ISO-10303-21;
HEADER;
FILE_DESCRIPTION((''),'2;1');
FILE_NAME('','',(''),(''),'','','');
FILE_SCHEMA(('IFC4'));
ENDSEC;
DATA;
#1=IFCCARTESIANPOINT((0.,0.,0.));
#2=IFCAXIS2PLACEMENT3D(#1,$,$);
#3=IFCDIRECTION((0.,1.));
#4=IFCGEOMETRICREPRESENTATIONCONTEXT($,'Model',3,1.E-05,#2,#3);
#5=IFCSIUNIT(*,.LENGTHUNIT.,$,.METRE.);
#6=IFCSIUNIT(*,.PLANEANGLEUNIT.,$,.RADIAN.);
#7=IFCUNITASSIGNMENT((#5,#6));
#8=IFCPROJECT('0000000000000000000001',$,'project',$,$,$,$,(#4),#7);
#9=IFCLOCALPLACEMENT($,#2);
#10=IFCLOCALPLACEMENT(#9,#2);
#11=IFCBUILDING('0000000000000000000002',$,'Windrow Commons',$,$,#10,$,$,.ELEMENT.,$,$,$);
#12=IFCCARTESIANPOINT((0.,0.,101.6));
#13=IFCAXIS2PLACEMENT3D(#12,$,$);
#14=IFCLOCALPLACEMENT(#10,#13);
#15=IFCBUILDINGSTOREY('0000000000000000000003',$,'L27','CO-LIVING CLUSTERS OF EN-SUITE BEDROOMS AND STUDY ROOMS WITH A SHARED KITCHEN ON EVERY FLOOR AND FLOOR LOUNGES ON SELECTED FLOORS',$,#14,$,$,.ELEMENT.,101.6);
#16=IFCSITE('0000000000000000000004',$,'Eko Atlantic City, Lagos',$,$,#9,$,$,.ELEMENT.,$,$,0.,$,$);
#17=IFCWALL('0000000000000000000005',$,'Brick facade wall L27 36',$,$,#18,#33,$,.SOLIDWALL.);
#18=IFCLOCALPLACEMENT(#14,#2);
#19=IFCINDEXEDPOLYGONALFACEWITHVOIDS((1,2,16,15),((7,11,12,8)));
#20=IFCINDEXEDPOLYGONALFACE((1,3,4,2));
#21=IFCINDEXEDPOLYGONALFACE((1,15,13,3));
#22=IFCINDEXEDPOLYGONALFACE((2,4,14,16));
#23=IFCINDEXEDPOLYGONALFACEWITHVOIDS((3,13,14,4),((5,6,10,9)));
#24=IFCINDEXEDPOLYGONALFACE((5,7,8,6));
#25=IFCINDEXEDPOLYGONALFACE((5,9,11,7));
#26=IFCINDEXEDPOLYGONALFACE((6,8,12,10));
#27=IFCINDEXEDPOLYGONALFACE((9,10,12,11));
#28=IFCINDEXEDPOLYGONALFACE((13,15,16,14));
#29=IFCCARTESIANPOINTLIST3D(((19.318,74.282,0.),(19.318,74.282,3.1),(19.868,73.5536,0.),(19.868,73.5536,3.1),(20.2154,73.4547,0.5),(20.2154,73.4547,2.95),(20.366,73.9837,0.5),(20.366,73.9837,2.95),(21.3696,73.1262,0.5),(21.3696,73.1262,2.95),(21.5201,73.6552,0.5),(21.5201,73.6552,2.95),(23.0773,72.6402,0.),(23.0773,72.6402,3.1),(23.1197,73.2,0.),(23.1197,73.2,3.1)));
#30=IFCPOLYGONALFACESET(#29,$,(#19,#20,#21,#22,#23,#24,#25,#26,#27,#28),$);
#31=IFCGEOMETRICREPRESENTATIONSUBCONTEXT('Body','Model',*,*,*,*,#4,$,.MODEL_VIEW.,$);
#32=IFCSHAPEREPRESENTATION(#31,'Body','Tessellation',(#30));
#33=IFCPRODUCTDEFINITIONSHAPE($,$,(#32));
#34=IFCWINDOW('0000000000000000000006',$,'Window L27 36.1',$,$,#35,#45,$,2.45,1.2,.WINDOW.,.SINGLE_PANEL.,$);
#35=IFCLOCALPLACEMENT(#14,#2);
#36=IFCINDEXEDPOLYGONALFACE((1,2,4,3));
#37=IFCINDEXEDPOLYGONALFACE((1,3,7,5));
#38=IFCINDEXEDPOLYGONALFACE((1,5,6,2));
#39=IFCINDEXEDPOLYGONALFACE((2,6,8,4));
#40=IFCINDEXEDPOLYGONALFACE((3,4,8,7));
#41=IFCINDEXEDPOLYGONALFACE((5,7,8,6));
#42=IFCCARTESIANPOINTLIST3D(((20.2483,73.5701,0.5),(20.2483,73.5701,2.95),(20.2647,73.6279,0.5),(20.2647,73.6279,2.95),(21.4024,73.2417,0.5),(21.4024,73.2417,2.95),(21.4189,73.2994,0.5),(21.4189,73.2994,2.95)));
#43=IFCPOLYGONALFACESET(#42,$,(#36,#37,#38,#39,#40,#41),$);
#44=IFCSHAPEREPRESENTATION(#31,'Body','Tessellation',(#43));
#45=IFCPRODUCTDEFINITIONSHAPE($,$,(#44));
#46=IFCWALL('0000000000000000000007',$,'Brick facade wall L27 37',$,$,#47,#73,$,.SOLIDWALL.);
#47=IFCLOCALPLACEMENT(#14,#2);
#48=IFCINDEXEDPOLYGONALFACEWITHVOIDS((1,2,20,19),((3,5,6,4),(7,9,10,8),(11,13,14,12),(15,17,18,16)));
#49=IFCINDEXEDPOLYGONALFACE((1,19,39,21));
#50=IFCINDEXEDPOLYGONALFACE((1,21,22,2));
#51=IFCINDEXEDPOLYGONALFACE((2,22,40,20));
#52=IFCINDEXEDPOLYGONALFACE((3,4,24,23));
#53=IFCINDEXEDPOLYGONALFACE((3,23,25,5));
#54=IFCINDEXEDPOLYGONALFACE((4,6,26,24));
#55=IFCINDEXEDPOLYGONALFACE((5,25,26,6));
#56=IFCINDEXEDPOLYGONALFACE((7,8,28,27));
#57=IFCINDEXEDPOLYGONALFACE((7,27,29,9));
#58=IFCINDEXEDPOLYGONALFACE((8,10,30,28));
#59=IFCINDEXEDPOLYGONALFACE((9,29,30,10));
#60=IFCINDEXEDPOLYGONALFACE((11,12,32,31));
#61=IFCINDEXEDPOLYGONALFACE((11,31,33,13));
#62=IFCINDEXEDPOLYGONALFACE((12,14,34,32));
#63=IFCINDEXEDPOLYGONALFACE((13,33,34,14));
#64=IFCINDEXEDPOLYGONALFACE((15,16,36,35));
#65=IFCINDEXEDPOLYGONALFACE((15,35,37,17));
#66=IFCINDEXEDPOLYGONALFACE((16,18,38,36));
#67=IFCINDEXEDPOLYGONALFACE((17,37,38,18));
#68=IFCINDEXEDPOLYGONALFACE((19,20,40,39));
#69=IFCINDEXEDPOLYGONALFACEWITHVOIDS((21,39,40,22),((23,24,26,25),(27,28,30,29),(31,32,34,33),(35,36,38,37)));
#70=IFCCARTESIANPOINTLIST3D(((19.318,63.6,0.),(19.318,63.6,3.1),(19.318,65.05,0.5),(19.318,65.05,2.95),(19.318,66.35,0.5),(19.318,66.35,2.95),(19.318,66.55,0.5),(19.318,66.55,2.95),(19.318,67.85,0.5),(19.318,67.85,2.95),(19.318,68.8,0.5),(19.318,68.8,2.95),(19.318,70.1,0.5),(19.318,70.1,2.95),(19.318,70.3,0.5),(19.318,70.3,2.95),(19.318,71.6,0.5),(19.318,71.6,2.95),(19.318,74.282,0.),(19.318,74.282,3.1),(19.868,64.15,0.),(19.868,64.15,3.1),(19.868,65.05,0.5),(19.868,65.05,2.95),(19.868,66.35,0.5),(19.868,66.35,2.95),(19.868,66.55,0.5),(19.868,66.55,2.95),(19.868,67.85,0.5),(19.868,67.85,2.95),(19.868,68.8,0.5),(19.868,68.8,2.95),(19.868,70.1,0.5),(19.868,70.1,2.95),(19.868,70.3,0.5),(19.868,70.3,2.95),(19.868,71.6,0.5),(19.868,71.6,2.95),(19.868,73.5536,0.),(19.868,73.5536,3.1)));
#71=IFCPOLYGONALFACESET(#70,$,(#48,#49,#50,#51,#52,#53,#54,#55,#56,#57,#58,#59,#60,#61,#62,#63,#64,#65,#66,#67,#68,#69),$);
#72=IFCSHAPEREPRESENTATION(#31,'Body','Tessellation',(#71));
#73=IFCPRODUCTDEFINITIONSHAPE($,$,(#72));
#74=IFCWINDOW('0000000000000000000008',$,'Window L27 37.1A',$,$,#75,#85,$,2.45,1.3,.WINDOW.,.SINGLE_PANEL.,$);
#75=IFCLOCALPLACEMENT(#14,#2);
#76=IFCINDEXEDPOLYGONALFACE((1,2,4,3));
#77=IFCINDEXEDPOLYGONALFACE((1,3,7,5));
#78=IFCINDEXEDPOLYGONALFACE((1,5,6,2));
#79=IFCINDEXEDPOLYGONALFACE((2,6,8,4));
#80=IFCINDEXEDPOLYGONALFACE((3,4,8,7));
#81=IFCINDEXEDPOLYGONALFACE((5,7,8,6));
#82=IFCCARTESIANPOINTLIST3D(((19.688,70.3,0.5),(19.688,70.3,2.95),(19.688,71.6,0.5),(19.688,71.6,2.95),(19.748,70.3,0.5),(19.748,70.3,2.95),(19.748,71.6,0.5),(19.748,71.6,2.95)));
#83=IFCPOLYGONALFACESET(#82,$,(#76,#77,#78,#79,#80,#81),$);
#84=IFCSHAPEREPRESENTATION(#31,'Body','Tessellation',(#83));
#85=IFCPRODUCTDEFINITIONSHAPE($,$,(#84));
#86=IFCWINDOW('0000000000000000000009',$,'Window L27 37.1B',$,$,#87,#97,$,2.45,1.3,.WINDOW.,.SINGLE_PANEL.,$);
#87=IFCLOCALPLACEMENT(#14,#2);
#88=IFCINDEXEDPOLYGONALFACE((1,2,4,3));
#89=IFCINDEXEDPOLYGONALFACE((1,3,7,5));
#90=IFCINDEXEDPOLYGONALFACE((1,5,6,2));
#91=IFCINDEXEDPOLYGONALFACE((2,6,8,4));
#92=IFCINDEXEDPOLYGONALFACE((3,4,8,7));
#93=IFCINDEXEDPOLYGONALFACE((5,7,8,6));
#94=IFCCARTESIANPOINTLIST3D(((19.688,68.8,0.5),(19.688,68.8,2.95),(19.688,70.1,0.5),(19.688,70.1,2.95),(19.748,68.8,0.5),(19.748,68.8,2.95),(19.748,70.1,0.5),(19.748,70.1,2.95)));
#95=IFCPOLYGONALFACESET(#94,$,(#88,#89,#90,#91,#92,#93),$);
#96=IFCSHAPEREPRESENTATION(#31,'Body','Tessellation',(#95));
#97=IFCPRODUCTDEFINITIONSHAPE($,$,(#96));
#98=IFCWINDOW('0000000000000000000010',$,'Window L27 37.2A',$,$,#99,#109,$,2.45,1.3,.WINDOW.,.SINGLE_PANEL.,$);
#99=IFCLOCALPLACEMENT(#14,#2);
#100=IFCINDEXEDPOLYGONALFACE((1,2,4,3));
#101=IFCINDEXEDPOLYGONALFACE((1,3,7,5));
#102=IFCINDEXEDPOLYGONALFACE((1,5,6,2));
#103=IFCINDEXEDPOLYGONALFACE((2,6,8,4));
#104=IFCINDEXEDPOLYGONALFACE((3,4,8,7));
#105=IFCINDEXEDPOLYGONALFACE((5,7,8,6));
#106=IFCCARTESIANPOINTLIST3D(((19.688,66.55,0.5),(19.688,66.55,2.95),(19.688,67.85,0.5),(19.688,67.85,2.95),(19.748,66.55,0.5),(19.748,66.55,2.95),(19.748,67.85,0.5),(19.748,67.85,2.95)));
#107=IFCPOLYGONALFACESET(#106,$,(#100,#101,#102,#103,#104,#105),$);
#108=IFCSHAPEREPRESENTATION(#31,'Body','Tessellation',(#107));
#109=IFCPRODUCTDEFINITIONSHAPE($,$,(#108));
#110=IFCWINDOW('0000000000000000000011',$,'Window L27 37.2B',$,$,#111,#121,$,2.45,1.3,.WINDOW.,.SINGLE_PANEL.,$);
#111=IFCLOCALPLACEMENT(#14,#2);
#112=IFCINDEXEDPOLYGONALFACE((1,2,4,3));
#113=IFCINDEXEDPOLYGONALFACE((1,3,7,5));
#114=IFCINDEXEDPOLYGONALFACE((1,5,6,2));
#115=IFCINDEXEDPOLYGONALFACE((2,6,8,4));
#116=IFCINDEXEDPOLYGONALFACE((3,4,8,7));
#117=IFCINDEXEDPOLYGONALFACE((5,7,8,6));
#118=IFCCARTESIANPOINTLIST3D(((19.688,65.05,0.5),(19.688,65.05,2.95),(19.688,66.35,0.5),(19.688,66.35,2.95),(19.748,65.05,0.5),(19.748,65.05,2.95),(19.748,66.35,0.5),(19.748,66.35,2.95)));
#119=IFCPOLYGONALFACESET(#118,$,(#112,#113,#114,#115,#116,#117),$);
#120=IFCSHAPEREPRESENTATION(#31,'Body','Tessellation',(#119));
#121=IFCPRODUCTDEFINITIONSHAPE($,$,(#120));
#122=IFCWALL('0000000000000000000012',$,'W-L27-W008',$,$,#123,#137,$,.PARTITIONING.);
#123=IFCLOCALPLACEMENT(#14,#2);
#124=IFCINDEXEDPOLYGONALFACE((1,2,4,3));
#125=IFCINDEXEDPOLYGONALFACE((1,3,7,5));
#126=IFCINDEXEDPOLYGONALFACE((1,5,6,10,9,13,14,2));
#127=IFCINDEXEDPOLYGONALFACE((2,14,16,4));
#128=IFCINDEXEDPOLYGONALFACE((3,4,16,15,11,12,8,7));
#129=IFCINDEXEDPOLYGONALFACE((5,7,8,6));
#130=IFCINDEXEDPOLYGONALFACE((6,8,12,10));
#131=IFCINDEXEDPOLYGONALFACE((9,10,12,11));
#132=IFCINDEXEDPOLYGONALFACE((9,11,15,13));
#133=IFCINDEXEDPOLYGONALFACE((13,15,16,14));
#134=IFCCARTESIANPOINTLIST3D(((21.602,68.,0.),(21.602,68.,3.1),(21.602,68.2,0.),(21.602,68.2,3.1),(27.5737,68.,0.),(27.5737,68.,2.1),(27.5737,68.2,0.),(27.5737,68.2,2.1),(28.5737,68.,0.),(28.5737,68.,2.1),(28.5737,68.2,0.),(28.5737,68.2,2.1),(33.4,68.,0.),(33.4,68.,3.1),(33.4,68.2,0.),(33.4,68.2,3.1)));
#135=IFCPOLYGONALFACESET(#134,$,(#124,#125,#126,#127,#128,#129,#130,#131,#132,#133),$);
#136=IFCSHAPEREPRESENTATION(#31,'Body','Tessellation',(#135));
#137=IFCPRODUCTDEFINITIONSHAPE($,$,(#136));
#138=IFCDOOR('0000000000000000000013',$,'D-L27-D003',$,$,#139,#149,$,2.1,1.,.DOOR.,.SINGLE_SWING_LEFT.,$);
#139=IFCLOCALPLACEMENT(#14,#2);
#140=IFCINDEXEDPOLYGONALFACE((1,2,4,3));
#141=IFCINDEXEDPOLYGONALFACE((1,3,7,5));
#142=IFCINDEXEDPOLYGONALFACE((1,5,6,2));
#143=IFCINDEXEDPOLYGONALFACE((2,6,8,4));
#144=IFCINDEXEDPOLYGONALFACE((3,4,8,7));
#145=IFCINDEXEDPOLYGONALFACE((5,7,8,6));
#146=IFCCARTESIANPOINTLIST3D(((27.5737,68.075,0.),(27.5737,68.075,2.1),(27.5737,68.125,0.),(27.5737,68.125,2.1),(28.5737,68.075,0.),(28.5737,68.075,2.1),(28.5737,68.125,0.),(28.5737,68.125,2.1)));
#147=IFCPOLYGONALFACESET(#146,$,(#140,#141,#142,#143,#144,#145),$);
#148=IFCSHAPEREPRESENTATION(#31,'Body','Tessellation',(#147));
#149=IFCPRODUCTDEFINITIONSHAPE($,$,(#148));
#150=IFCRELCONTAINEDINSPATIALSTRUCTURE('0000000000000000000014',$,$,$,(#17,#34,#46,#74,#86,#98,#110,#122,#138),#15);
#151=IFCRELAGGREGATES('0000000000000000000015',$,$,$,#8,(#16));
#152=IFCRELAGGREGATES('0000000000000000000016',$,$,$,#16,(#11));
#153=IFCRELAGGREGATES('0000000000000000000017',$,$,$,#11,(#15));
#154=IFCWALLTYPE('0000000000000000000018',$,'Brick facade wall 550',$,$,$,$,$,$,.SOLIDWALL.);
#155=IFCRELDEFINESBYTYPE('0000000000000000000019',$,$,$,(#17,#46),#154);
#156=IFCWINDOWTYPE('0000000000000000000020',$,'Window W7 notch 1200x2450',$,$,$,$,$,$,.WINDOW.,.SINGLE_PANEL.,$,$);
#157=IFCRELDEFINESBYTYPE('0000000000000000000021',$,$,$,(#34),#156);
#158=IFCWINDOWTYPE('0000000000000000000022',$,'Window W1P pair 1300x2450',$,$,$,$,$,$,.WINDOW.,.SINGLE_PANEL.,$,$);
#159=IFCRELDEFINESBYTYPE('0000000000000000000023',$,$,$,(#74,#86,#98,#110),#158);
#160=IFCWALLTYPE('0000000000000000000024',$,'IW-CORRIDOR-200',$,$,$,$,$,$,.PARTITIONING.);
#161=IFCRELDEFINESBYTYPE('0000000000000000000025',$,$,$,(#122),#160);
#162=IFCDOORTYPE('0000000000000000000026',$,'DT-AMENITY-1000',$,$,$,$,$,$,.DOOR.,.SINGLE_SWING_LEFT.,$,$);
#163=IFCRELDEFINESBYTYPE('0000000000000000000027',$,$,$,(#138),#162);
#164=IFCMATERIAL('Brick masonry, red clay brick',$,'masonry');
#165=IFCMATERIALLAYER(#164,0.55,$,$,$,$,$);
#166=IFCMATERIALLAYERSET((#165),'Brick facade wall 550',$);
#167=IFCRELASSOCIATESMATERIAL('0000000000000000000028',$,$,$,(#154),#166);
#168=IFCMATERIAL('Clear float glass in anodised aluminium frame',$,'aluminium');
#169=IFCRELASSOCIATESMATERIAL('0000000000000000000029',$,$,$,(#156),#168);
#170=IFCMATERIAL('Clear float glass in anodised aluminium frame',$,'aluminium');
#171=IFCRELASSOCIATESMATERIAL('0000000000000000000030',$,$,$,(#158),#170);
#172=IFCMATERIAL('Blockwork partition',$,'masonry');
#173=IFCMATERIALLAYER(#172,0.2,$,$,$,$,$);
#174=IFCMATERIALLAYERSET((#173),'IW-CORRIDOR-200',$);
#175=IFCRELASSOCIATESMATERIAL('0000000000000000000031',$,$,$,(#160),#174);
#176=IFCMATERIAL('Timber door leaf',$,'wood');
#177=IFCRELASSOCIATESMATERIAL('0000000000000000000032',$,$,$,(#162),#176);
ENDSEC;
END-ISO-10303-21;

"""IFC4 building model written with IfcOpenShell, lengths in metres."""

from ifc_helpers import new_model, si_unit, direction, frame, frame_2d, origin, place, context, subcontext, project, spatial, polyline, rectangle, outline, extrude, material, layer, layer_set, type_object, element, fill, save


model = new_model("IFC4")

# Units and contexts
model_context = context("Model", 3, precision=1e-05, world=origin(), true_north=direction((0.0, 1.0)))
body_context = subcontext(model_context, "Body", "Model", "MODEL_VIEW")
ifc_project = project(units=[si_unit("LENGTHUNIT", "METRE"), si_unit("PLANEANGLEUNIT", "RADIAN")], contexts=[model_context])

# Site, building, storey
site_placement = place(None, origin())
site = spatial("IfcSite", under=ifc_project, at=site_placement, Name="Eko Atlantic City, Lagos", CompositionType="ELEMENT", RefElevation=0.0)
building_placement = place(site_placement, origin())
building = spatial("IfcBuilding", under=site, at=building_placement, Name="Windrow Commons", CompositionType="ELEMENT")
storey_placement = place(building_placement, frame((0.0, 0.0, 101.6)))
storey = spatial("IfcBuildingStorey", under=building, at=storey_placement, Name="L27", Description="CO-LIVING CLUSTERS OF EN-SUITE BEDROOMS AND STUDY ROOMS WITH A SHARED KITCHEN ON EVERY FLOOR AND FLOOR LOUNGES ON SELECTED FLOORS", CompositionType="ELEMENT", Elevation=101.6)

# Shared definitions
ifc_material_1 = material(Name="Brick masonry, red clay brick", Category="masonry")
ifc_layer_1 = layer(ifc_material_1, 0.55)
ifc_layer_set_1 = layer_set([ifc_layer_1], Name="Brick facade wall 550")
wall_type_1 = type_object("IfcWallType", Name="Brick facade wall 550", PredefinedType="SOLIDWALL", material=ifc_layer_set_1)
ifc_material_2 = material(Name="Clear float glass in anodised aluminium frame", Category="aluminium")
window_type_1 = type_object("IfcWindowType", Name="Window W7 notch 1200x2450", PartitioningType="SINGLE_PANEL", PredefinedType="WINDOW", material=ifc_material_2)

# Wall, opening, window
wall_1_placement = place(storey_placement, frame((23.0985, 72.9201, 0.0), z_axis=(0.0, 0.0, 1.0), x_axis=(-0.961804, 0.273739, 0.0)))
wall_1 = element("IfcWall", 1, at=wall_1_placement, inside=storey, type_object=wall_type_1, Name="Brick facade wall L27 36", PredefinedType="SOLIDWALL", context=body_context, shape_type="SweptSolid", body=[
    extrude(outline(polyline([(0.0562, -0.275), (4.0089, -0.275), (3.2805, 0.275), (-0.0562, 0.275), (0.0562, -0.275)])), origin(), (0.0, 0.0, 1.0), 3.1),
])
opening_1_placement = place(wall_1_placement, frame((1.7193, 0.0, 0.5)))
opening_1 = element("IfcOpeningElement", 2, at=opening_1_placement, cuts=wall_1, PredefinedType="OPENING", context=body_context, shape_type="SweptSolid", body=[
    extrude(rectangle(XDim=1.2, YDim=2.45, at=frame_2d((0.6, 1.225))), frame((0.0, 0.285, 0.0), z_axis=(0.0, -1.0, 0.0), x_axis=(1.0, 0.0, 0.0)), (0.0, 0.0, 1.0), 0.57),
])
window_1_placement = place(opening_1_placement, origin())
window_1 = element("IfcWindow", 3, at=window_1_placement, inside=storey, type_object=window_type_1, Name="Window L27 36.1", OverallHeight=2.45, OverallWidth=1.2, PartitioningType="SINGLE_PANEL", PredefinedType="WINDOW", context=body_context, shape_type="SweptSolid", body=[
    extrude(rectangle(XDim=1.2, YDim=2.45, at=frame_2d((0.6, 1.225))), frame((0.0, 0.155, 0.0), z_axis=(0.0, -1.0, 0.0), x_axis=(1.0, 0.0, 0.0)), (0.0, 0.0, 1.0), 0.06),
])
fill(opening_1, window_1)

# Wall, openings, windows
wall_2_placement = place(storey_placement, frame((19.593, 73.9178, 0.0), z_axis=(0.0, 0.0, 1.0), x_axis=(0.0, -1.0, 0.0)))
wall_2 = element("IfcWall", 4, at=wall_2_placement, inside=storey, type_object=wall_type_1, Name="Brick facade wall L27 37", PredefinedType="SOLIDWALL", context=body_context, shape_type="SweptSolid", body=[
    extrude(outline(polyline([(-0.3642, -0.275), (10.3178, -0.275), (9.7678, 0.275), (0.3642, 0.275), (-0.3642, -0.275)])), origin(), (0.0, 0.0, 1.0), 3.1),
])
opening_2_placement = place(wall_2_placement, frame((2.3178, 0.0, 0.5)))
opening_2 = element("IfcOpeningElement", 5, at=opening_2_placement, cuts=wall_2, PredefinedType="OPENING", context=body_context, shape_type="SweptSolid", body=[
    extrude(rectangle(XDim=1.3, YDim=2.45, at=frame_2d((0.65, 1.225))), frame((0.0, 0.285, 0.0), z_axis=(0.0, -1.0, 0.0), x_axis=(1.0, 0.0, 0.0)), (0.0, 0.0, 1.0), 0.57),
])
opening_3_placement = place(wall_2_placement, frame((3.8178, 0.0, 0.5)))
opening_3 = element("IfcOpeningElement", 6, at=opening_3_placement, cuts=wall_2, PredefinedType="OPENING", context=body_context, shape_type="SweptSolid", body=[
    extrude(rectangle(XDim=1.3, YDim=2.45, at=frame_2d((0.65, 1.225))), frame((0.0, 0.285, 0.0), z_axis=(0.0, -1.0, 0.0), x_axis=(1.0, 0.0, 0.0)), (0.0, 0.0, 1.0), 0.57),
])
opening_4_placement = place(wall_2_placement, frame((6.0678, 0.0, 0.5)))
opening_4 = element("IfcOpeningElement", 7, at=opening_4_placement, cuts=wall_2, PredefinedType="OPENING", context=body_context, shape_type="SweptSolid", body=[
    extrude(rectangle(XDim=1.3, YDim=2.45, at=frame_2d((0.65, 1.225))), frame((0.0, 0.285, 0.0), z_axis=(0.0, -1.0, 0.0), x_axis=(1.0, 0.0, 0.0)), (0.0, 0.0, 1.0), 0.57),
])
opening_5_placement = place(wall_2_placement, frame((7.5678, 0.0, 0.5)))
opening_5 = element("IfcOpeningElement", 8, at=opening_5_placement, cuts=wall_2, PredefinedType="OPENING", context=body_context, shape_type="SweptSolid", body=[
    extrude(rectangle(XDim=1.3, YDim=2.45, at=frame_2d((0.65, 1.225))), frame((0.0, 0.285, 0.0), z_axis=(0.0, -1.0, 0.0), x_axis=(1.0, 0.0, 0.0)), (0.0, 0.0, 1.0), 0.57),
])
ifc_material_3 = material(Name="Clear float glass in anodised aluminium frame", Category="aluminium")
window_type_2 = type_object("IfcWindowType", Name="Window W1P pair 1300x2450", PartitioningType="SINGLE_PANEL", PredefinedType="WINDOW", material=ifc_material_3)
window_2_placement = place(opening_2_placement, origin())
window_2 = element("IfcWindow", 9, at=window_2_placement, inside=storey, type_object=window_type_2, Name="Window L27 37.1A", OverallHeight=2.45, OverallWidth=1.3, PartitioningType="SINGLE_PANEL", PredefinedType="WINDOW", context=body_context, shape_type="SweptSolid", body=[
    extrude(rectangle(XDim=1.3, YDim=2.45, at=frame_2d((0.65, 1.225))), frame((0.0, 0.155, 0.0), z_axis=(0.0, -1.0, 0.0), x_axis=(1.0, 0.0, 0.0)), (0.0, 0.0, 1.0), 0.06),
])
fill(opening_2, window_2)
window_3_placement = place(opening_3_placement, origin())
window_3 = element("IfcWindow", 10, at=window_3_placement, inside=storey, type_object=window_type_2, Name="Window L27 37.1B", OverallHeight=2.45, OverallWidth=1.3, PartitioningType="SINGLE_PANEL", PredefinedType="WINDOW", context=body_context, shape_type="SweptSolid", body=[
    extrude(rectangle(XDim=1.3, YDim=2.45, at=frame_2d((0.65, 1.225))), frame((0.0, 0.155, 0.0), z_axis=(0.0, -1.0, 0.0), x_axis=(1.0, 0.0, 0.0)), (0.0, 0.0, 1.0), 0.06),
])
fill(opening_3, window_3)
window_4_placement = place(opening_4_placement, origin())
window_4 = element("IfcWindow", 11, at=window_4_placement, inside=storey, type_object=window_type_2, Name="Window L27 37.2A", OverallHeight=2.45, OverallWidth=1.3, PartitioningType="SINGLE_PANEL", PredefinedType="WINDOW", context=body_context, shape_type="SweptSolid", body=[
    extrude(rectangle(XDim=1.3, YDim=2.45, at=frame_2d((0.65, 1.225))), frame((0.0, 0.155, 0.0), z_axis=(0.0, -1.0, 0.0), x_axis=(1.0, 0.0, 0.0)), (0.0, 0.0, 1.0), 0.06),
])
fill(opening_4, window_4)
window_5_placement = place(opening_5_placement, origin())
window_5 = element("IfcWindow", 12, at=window_5_placement, inside=storey, type_object=window_type_2, Name="Window L27 37.2B", OverallHeight=2.45, OverallWidth=1.3, PartitioningType="SINGLE_PANEL", PredefinedType="WINDOW", context=body_context, shape_type="SweptSolid", body=[
    extrude(rectangle(XDim=1.3, YDim=2.45, at=frame_2d((0.65, 1.225))), frame((0.0, 0.155, 0.0), z_axis=(0.0, -1.0, 0.0), x_axis=(1.0, 0.0, 0.0)), (0.0, 0.0, 1.0), 0.06),
])
fill(opening_5, window_5)

# Wall, opening, door
ifc_material_4 = material(Name="Blockwork partition", Category="masonry")
ifc_layer_2 = layer(ifc_material_4, 0.2)
ifc_layer_set_2 = layer_set([ifc_layer_2], Name="IW-CORRIDOR-200")
wall_type_2 = type_object("IfcWallType", Name="IW-CORRIDOR-200", PredefinedType="PARTITIONING", material=ifc_layer_set_2)
wall_3_placement = place(storey_placement, frame((21.602, 68.1, 0.0), z_axis=(0.0, 0.0, 1.0), x_axis=(1.0, 0.0, 0.0)))
wall_3 = element("IfcWall", 13, at=wall_3_placement, inside=storey, type_object=wall_type_2, Name="W-L27-W008", PredefinedType="PARTITIONING", context=body_context, shape_type="SweptSolid", body=[
    extrude(rectangle(XDim=11.798, YDim=0.2, at=frame_2d((5.899, 0.0))), origin(), (0.0, 0.0, 1.0), 3.1),
])
opening_6_placement = place(wall_3_placement, frame((5.9717, 0.0, 0.0)))
opening_6 = element("IfcOpeningElement", 14, at=opening_6_placement, cuts=wall_3, PredefinedType="OPENING", context=body_context, shape_type="SweptSolid", body=[
    extrude(rectangle(XDim=1.0, YDim=2.1, at=frame_2d((0.5, 1.05))), frame((0.0, 0.11, 0.0), z_axis=(0.0, -1.0, 0.0), x_axis=(1.0, 0.0, 0.0)), (0.0, 0.0, 1.0), 0.22),
])
ifc_material_5 = material(Name="Timber door leaf", Category="wood")
door_type = type_object("IfcDoorType", Name="DT-AMENITY-1000", OperationType="SINGLE_SWING_LEFT", PredefinedType="DOOR", material=ifc_material_5)
door_1_placement = place(opening_6_placement, origin())
door_1 = element("IfcDoor", 15, at=door_1_placement, inside=storey, type_object=door_type, Name="D-L27-D003", OperationType="SINGLE_SWING_LEFT", OverallHeight=2.1, OverallWidth=1.0, PredefinedType="DOOR", context=body_context, shape_type="SweptSolid", body=[
    extrude(rectangle(XDim=1.0, YDim=2.1, at=frame_2d((0.5, 1.05))), frame((0.0, 0.025, 0.0), z_axis=(0.0, -1.0, 0.0), x_axis=(1.0, 0.0, 0.0)), (0.0, 0.0, 1.0), 0.05),
])
fill(opening_6, door_1)

save(model, "model.ifc")
